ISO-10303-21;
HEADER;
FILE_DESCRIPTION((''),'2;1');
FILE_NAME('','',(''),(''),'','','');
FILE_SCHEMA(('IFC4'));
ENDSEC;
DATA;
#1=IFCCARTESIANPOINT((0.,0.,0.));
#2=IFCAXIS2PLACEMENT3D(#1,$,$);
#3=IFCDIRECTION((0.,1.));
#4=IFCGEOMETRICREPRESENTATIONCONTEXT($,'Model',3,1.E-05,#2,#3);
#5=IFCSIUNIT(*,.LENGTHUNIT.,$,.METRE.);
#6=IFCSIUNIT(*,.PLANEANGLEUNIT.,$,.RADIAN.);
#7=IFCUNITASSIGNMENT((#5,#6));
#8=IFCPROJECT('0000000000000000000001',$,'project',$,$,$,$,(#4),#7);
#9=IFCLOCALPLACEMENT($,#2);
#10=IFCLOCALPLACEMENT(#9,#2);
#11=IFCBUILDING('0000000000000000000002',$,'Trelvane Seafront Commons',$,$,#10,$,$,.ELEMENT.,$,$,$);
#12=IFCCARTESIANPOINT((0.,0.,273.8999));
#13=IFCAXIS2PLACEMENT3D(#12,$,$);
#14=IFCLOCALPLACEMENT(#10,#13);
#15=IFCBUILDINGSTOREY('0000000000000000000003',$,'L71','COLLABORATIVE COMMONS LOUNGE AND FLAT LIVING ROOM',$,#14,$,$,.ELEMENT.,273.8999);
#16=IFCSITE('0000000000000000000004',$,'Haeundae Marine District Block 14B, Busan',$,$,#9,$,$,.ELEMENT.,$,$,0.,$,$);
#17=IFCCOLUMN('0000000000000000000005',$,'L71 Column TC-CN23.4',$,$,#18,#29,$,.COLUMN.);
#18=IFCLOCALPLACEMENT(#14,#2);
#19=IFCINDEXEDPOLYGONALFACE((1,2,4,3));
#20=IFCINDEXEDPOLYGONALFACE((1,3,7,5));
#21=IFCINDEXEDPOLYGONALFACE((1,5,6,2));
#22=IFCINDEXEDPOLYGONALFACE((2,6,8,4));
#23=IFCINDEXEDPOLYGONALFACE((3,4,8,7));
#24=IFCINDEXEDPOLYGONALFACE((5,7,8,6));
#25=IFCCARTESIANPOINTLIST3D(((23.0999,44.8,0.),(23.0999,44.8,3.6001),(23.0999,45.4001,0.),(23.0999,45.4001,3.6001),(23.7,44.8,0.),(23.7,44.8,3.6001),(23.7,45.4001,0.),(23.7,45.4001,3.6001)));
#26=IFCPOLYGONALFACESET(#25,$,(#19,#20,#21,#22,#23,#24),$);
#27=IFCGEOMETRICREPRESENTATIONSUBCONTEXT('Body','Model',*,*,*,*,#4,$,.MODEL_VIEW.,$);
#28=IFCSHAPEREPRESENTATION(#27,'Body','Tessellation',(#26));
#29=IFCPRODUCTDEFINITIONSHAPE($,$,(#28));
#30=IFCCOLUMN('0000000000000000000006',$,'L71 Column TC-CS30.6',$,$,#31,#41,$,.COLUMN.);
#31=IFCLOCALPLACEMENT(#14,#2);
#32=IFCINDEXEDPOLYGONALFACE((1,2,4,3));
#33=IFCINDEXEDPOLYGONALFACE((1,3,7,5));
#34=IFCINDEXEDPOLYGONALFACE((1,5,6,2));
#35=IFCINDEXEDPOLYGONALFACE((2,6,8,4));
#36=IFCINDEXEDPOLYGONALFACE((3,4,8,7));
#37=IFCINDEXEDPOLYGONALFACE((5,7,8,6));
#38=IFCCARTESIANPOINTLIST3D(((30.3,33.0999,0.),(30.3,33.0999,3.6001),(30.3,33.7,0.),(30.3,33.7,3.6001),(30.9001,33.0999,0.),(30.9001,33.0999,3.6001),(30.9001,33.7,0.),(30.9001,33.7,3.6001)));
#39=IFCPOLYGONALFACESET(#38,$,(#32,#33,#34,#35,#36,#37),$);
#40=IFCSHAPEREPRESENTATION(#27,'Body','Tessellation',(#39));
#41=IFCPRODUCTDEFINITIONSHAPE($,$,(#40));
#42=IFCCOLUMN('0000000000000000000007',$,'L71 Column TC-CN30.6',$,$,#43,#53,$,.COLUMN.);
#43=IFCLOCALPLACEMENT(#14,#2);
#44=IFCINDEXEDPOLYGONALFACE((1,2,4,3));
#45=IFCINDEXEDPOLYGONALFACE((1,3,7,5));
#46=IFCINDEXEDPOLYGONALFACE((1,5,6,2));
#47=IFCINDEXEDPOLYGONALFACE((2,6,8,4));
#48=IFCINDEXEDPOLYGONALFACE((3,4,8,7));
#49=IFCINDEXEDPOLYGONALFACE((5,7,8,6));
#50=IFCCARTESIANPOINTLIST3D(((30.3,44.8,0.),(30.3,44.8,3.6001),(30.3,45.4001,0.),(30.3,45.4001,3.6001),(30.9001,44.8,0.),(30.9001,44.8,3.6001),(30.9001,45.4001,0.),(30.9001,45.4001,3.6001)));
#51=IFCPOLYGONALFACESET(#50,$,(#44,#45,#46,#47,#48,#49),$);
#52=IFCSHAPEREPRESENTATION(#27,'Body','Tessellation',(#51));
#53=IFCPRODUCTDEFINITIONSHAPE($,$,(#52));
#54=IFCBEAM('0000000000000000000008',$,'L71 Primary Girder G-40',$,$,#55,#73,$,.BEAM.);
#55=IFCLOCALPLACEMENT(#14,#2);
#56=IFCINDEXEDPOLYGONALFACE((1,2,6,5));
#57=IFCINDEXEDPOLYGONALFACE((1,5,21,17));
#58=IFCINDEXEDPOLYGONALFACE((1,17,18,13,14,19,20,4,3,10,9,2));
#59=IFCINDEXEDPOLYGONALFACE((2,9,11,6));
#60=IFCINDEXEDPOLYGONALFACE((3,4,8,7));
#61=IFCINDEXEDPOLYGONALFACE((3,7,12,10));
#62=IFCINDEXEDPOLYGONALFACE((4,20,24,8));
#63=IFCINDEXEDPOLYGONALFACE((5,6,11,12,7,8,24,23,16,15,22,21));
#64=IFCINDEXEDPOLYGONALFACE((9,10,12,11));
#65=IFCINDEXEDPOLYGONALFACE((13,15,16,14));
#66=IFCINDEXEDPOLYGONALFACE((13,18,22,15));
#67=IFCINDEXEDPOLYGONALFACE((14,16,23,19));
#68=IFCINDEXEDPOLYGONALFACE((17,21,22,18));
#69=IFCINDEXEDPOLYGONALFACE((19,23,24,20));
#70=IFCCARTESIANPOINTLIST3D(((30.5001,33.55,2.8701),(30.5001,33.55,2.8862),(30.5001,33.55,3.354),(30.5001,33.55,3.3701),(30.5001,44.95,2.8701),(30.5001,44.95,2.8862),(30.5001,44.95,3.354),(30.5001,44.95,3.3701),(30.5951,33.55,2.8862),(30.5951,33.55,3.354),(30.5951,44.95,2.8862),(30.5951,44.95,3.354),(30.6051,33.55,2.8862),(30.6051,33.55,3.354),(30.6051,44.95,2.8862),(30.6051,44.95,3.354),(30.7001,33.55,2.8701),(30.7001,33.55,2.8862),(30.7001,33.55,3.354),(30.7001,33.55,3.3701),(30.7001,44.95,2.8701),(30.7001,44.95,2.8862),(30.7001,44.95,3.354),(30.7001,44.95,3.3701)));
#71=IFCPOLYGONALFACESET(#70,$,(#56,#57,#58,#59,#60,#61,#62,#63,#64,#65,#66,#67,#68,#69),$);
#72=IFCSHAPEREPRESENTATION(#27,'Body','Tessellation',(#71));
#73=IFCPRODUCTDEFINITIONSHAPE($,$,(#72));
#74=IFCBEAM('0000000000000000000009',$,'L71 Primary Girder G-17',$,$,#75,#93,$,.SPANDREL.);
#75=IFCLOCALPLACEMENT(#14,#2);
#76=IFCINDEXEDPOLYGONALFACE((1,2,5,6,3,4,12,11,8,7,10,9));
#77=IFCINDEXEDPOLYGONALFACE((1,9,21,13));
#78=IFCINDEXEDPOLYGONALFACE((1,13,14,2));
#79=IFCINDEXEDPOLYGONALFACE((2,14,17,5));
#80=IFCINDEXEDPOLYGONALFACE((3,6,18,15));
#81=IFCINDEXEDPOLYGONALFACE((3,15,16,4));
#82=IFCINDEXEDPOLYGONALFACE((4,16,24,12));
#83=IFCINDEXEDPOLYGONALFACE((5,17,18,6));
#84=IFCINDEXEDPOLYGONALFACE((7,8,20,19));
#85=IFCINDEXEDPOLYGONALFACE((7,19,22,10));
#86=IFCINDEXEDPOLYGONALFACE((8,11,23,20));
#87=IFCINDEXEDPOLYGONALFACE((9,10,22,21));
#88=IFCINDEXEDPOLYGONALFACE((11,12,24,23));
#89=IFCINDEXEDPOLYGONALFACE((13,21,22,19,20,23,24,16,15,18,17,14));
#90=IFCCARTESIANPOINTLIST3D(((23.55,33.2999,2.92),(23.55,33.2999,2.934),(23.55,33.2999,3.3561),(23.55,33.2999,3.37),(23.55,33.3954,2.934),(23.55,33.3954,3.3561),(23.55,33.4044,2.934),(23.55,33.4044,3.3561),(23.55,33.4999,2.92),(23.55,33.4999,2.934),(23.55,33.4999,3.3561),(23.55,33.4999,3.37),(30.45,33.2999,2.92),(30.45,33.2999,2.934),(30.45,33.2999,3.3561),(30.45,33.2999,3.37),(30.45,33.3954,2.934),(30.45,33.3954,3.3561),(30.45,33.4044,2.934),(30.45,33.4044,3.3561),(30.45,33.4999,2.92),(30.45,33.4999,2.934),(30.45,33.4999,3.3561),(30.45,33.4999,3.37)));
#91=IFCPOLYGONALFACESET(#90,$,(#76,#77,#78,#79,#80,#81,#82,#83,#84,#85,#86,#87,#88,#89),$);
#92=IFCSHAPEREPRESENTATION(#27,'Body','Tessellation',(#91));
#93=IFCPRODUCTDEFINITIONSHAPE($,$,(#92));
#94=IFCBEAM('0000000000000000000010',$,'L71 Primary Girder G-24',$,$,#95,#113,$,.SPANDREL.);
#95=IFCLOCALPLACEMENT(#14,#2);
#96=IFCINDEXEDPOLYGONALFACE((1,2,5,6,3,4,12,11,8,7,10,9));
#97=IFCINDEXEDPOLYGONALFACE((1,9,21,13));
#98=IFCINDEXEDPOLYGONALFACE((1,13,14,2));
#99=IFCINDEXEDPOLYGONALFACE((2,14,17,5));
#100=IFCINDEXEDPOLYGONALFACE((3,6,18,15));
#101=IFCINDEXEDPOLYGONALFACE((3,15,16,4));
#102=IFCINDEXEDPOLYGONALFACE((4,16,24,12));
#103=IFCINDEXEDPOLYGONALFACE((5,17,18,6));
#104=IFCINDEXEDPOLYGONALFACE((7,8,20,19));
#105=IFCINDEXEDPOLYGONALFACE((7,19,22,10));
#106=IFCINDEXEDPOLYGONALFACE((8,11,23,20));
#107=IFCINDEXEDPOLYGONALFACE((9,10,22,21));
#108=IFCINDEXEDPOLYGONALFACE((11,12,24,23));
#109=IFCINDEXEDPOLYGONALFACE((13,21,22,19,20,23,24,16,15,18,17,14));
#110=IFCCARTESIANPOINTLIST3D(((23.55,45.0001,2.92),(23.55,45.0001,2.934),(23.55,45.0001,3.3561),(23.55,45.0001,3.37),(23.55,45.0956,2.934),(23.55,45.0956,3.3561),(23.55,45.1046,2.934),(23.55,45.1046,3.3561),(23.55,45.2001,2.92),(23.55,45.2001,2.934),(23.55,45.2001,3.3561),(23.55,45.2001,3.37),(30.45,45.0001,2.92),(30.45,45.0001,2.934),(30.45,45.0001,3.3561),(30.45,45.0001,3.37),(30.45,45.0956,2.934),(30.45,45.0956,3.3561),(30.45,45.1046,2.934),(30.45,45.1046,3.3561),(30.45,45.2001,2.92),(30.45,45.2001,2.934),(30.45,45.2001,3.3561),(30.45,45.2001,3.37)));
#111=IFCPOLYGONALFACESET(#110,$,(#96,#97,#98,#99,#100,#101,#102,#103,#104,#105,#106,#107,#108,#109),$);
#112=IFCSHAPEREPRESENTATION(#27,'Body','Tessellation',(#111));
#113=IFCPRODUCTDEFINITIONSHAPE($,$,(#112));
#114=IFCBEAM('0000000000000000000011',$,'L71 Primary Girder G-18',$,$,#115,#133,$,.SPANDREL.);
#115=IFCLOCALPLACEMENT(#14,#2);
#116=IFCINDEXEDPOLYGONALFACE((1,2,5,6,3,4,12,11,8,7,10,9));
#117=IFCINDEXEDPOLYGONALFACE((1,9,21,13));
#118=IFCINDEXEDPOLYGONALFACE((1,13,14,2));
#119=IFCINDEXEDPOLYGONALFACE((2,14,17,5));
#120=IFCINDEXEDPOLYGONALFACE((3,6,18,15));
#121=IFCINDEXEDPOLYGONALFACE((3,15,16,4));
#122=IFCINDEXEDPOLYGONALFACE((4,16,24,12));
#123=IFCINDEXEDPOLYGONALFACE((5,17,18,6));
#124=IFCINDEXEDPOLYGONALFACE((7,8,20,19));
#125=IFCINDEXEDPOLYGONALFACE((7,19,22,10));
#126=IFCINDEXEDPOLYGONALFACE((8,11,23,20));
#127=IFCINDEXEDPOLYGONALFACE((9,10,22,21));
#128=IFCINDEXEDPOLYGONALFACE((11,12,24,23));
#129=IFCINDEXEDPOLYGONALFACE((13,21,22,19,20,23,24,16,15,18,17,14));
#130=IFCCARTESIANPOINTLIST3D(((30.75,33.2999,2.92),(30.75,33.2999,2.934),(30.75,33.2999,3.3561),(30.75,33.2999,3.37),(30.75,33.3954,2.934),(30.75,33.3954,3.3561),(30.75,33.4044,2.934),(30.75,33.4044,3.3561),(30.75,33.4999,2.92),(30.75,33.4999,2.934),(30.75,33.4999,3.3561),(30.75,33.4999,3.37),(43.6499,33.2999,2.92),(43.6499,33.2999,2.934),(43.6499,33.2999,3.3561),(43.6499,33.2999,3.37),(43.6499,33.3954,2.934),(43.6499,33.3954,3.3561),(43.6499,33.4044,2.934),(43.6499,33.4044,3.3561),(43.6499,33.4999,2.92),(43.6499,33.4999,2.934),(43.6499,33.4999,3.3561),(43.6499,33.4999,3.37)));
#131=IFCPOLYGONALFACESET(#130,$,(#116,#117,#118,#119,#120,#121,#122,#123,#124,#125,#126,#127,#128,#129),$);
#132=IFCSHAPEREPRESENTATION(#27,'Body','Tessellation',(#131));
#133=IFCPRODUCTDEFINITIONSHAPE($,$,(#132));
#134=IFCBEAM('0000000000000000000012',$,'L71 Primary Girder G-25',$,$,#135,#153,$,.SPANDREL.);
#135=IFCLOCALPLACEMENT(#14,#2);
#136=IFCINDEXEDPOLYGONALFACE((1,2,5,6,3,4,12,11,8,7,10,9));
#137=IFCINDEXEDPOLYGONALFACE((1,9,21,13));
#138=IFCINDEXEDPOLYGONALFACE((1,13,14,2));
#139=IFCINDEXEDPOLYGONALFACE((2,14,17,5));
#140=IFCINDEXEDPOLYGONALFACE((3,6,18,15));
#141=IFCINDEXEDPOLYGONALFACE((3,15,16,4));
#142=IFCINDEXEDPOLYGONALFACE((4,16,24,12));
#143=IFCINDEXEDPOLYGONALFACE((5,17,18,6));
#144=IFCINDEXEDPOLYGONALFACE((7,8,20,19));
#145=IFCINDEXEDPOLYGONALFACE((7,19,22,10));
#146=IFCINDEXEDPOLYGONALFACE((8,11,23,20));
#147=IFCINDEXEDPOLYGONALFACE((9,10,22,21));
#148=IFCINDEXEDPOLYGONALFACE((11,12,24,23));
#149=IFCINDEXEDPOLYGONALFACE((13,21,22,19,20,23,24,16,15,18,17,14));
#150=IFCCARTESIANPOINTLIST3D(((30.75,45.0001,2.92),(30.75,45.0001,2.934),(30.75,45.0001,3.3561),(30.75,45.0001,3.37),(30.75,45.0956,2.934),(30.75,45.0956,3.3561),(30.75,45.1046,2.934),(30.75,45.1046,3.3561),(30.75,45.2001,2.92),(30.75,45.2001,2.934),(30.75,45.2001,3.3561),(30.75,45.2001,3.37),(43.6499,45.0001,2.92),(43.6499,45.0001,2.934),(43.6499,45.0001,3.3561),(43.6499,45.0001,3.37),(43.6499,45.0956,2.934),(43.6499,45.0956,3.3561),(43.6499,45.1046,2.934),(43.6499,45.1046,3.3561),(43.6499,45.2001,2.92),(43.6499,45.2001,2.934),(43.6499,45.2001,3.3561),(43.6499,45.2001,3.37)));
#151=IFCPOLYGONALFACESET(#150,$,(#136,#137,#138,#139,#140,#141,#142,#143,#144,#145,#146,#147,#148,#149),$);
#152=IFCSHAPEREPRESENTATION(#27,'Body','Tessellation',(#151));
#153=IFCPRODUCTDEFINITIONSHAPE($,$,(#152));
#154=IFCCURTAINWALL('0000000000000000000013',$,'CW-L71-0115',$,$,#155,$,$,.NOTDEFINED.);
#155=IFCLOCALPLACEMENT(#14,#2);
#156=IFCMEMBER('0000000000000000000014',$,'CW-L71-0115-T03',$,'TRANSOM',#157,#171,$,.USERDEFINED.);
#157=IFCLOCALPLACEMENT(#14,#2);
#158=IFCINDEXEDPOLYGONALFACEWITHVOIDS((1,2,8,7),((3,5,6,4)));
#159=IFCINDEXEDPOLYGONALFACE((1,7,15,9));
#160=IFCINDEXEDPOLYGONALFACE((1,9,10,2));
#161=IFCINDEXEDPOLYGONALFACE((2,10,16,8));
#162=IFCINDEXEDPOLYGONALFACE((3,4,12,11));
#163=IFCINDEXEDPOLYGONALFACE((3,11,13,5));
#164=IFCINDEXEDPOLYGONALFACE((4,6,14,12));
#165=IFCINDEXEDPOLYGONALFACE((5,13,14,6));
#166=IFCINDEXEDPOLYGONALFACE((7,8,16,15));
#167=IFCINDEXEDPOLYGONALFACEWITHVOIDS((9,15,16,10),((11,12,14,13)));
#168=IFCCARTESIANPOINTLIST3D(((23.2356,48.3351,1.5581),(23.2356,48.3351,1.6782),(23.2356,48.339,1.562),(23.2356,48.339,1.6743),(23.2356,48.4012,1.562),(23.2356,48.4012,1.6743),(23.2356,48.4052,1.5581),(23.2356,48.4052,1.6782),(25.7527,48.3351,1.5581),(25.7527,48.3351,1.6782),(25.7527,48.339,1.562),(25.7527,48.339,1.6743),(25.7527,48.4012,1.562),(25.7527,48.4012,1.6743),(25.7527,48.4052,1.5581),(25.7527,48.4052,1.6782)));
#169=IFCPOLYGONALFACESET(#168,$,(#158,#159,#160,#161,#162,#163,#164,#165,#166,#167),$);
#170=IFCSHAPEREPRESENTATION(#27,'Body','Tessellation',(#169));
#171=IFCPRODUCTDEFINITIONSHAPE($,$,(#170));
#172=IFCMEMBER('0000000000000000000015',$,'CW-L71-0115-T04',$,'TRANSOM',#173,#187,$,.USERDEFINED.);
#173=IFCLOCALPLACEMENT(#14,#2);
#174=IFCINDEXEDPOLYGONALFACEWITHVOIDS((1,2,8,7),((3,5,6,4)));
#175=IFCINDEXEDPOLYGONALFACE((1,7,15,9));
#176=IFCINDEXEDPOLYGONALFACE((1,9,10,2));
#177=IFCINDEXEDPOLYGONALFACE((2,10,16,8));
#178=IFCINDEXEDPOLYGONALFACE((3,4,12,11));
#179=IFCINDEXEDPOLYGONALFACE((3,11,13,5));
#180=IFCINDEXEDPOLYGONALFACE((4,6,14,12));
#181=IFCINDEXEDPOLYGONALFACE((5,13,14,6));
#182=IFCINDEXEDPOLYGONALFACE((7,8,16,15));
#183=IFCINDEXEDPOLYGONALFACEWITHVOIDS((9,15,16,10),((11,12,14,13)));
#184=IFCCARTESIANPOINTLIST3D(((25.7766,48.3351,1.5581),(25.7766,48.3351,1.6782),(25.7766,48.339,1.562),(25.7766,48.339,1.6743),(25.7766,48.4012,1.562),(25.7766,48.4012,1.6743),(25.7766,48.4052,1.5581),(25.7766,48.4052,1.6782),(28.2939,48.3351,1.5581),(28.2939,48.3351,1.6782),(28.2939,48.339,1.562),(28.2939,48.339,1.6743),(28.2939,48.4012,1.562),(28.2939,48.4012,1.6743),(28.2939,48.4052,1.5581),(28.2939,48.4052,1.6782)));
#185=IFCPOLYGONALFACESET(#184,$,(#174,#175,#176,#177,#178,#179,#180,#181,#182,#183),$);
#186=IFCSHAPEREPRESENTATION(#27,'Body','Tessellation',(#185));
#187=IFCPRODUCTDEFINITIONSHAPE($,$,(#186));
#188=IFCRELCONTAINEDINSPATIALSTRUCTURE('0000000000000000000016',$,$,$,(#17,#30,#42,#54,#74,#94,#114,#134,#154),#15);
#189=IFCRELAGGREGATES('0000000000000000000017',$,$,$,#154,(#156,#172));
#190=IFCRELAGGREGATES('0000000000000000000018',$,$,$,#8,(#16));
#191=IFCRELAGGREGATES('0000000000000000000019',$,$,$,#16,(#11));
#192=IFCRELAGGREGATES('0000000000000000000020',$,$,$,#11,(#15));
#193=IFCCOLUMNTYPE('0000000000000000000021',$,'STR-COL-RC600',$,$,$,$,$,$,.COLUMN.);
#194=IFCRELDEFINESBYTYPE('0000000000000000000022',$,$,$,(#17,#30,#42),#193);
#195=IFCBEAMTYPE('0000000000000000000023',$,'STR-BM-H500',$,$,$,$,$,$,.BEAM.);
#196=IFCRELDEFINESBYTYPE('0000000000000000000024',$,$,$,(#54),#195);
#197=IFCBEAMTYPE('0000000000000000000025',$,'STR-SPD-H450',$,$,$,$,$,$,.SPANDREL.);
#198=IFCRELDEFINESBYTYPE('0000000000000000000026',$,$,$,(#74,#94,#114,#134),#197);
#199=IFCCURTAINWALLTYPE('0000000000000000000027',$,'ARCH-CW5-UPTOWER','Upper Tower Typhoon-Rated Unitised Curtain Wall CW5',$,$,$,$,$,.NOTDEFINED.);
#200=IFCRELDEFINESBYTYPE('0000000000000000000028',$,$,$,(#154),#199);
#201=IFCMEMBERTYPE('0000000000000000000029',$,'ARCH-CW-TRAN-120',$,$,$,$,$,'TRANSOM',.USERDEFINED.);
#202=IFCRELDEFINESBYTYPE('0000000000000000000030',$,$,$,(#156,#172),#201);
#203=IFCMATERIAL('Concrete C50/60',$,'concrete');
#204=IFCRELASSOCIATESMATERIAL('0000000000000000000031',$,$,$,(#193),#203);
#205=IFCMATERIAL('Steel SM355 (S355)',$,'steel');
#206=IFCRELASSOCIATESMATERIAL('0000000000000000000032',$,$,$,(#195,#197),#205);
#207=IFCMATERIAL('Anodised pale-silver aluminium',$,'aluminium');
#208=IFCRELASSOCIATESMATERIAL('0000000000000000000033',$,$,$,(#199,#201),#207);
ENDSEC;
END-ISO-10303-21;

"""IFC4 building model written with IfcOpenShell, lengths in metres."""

from ifc_helpers import new_model, si_unit, direction, frame, origin, origin_2d, place, context, subcontext, project, spatial, rectangle, hollow_rectangle, i_section, extrude, source, transform, mapped, material, material_profile, profile_set, type_object, element, aggregate, save


model = new_model("IFC4")

# Units and contexts
model_context = context("Model", 3, precision=1e-05, world=origin(), true_north=direction((0.0, 1.0)))
body_context = subcontext(model_context, "Body", "Model", "MODEL_VIEW")
ifc_project = project(units=[si_unit("LENGTHUNIT", "METRE"), si_unit("PLANEANGLEUNIT", "RADIAN")], contexts=[model_context])

# Site, building, storey
site_placement = place(None, origin())
site = spatial("IfcSite", under=ifc_project, at=site_placement, Name="Haeundae Marine District Block 14B, Busan", CompositionType="ELEMENT", RefElevation=0.0)
building_placement = place(site_placement, origin())
building = spatial("IfcBuilding", under=site, at=building_placement, Name="Trelvane Seafront Commons", CompositionType="ELEMENT")
storey_placement = place(building_placement, frame((0.0, 0.0, 273.8999)))
storey = spatial("IfcBuildingStorey", under=building, at=storey_placement, Name="L71", Description="COLLABORATIVE COMMONS LOUNGE AND FLAT LIVING ROOM", CompositionType="ELEMENT", Elevation=273.8999)

# Columns
ifc_material_1 = material(Name="Concrete C50/60", Category="concrete")
ifc_material_profile_1 = material_profile(ifc_material_1, rectangle(XDim=0.6001, YDim=0.6001, at=origin_2d()), Name="RC-600x600")
ifc_profile_set_1 = profile_set([ifc_material_profile_1], Name="Concrete C50/60")
column_type = type_object("IfcColumnType", Name="STR-COL-RC600", PredefinedType="COLUMN", material=ifc_profile_set_1)
shared_shape_1 = source(origin(), body_context, "Body", "SweptSolid", [
    extrude(rectangle(XDim=0.6001, YDim=0.6001, at=origin_2d()), origin(), (0.0, 0.0, 1.0), 3.6001),
])
for number, where, z_axis, x_axis, name in (
    (1, (23.3999, 45.1001, 0.0), (0.0, 0.0, 1.0), (1.0, 0.0, 0.0), "L71 Column TC-CN23.4"),
    (2, (30.6001, 33.3999, 0.0), (0.0, 0.0, 1.0), (1.0, 0.0, 0.0), "L71 Column TC-CS30.6"),
    (3, (30.6001, 45.1001, 0.0), (0.0, 0.0, 1.0), (1.0, 0.0, 0.0), "L71 Column TC-CN30.6"),
):
    element("IfcColumn", number, at=place(storey_placement, frame(where, z_axis=z_axis, x_axis=x_axis)), inside=storey, type_object=column_type, Name=name, PredefinedType="COLUMN", context=body_context, shape_type="MappedRepresentation", body=[
        mapped(shared_shape_1, transform((0.0, 0.0, 0.0), x_axis=(1.0, 0.0, 0.0), y_axis=(0.0, 1.0, 0.0), z_axis=(0.0, 0.0, 1.0), scale=1.0)),
    ])

# Beams
ifc_material_2 = material(Name="Steel SM355 (S355)", Category="steel")
ifc_material_profile_2 = material_profile(ifc_material_2, i_section(OverallWidth=0.2, OverallDepth=0.5, WebThickness=0.01, FlangeThickness=0.0161, at=origin_2d()), Name="H-500x200x10x16")
ifc_profile_set_2 = profile_set([ifc_material_profile_2], Name="Steel SM355 (S355)")
beam_type_1 = type_object("IfcBeamType", Name="STR-BM-H500", PredefinedType="BEAM", material=ifc_profile_set_2)
shared_shape_2 = source(origin(), body_context, "Body", "SweptSolid", [
    extrude(i_section(OverallWidth=0.2, OverallDepth=0.5, WebThickness=0.01, FlangeThickness=0.0161, at=origin_2d()), origin(), (0.0, 0.0, 1.0), 11.3999),
])
beam_placement = place(storey_placement, frame((30.6001, 33.55, 3.1201), z_axis=(0.0, 1.0, 0.0), x_axis=(-1.0, 0.0, 0.0)))
element("IfcBeam", 4, at=beam_placement, inside=storey, type_object=beam_type_1, Name="L71 Primary Girder G-40", PredefinedType="BEAM", context=body_context, shape_type="MappedRepresentation", body=[
    mapped(shared_shape_2, transform((0.0, 0.0, 0.0), x_axis=(1.0, 0.0, 0.0), y_axis=(0.0, 1.0, 0.0), z_axis=(0.0, 0.0, 1.0), scale=1.0)),
])
ifc_material_profile_3 = material_profile(ifc_material_2, i_section(OverallWidth=0.2, OverallDepth=0.45, WebThickness=0.009, FlangeThickness=0.0139, at=origin_2d()), Name="H-450x200x9x14")
ifc_profile_set_3 = profile_set([ifc_material_profile_3], Name="Steel SM355 (S355)")
beam_type_2 = type_object("IfcBeamType", Name="STR-SPD-H450", PredefinedType="SPANDREL", material=ifc_profile_set_3)
shared_shape_3 = source(origin(), body_context, "Body", "SweptSolid", [
    extrude(i_section(OverallWidth=0.2, OverallDepth=0.45, WebThickness=0.009, FlangeThickness=0.0139, at=origin_2d()), origin(), (0.0, 0.0, 1.0), 6.8999),
])
for number, where, z_axis, x_axis, name in (
    (5, (23.55, 33.3999, 3.145), (1.0, 0.0, 0.0), (0.0, 1.0, 0.0), "L71 Primary Girder G-17"),
    (6, (23.55, 45.1001, 3.145), (1.0, 0.0, 0.0), (0.0, 1.0, 0.0), "L71 Primary Girder G-24"),
):
    element("IfcBeam", number, at=place(storey_placement, frame(where, z_axis=z_axis, x_axis=x_axis)), inside=storey, type_object=beam_type_2, Name=name, PredefinedType="SPANDREL", context=body_context, shape_type="MappedRepresentation", body=[
        mapped(shared_shape_3, transform((0.0, 0.0, 0.0), x_axis=(1.0, 0.0, 0.0), y_axis=(0.0, 1.0, 0.0), z_axis=(0.0, 0.0, 1.0), scale=1.0)),
    ])
shared_shape_4 = source(origin(), body_context, "Body", "SweptSolid", [
    extrude(i_section(OverallWidth=0.2, OverallDepth=0.45, WebThickness=0.009, FlangeThickness=0.0139, at=origin_2d()), origin(), (0.0, 0.0, 1.0), 12.8999),
])
for number, where, z_axis, x_axis, name in (
    (7, (30.75, 33.3999, 3.145), (1.0, 0.0, 0.0), (0.0, 1.0, 0.0), "L71 Primary Girder G-18"),
    (8, (30.75, 45.1001, 3.145), (1.0, 0.0, 0.0), (0.0, 1.0, 0.0), "L71 Primary Girder G-25"),
):
    element("IfcBeam", number, at=place(storey_placement, frame(where, z_axis=z_axis, x_axis=x_axis)), inside=storey, type_object=beam_type_2, Name=name, PredefinedType="SPANDREL", context=body_context, shape_type="MappedRepresentation", body=[
        mapped(shared_shape_4, transform((0.0, 0.0, 0.0), x_axis=(1.0, 0.0, 0.0), y_axis=(0.0, 1.0, 0.0), z_axis=(0.0, 0.0, 1.0), scale=1.0)),
    ])

# Curtain wall, members
ifc_material_3 = material(Name="Anodised pale-silver aluminium", Category="aluminium")
curtain_wall_type = type_object("IfcCurtainWallType", Name="ARCH-CW5-UPTOWER", Description="Upper Tower Typhoon-Rated Unitised Curtain Wall CW5", PredefinedType="NOTDEFINED", material=ifc_material_3)
curtain_wall_placement = place(storey_placement, origin())
curtain_wall = element("IfcCurtainWall", 9, at=curtain_wall_placement, inside=storey, type_object=curtain_wall_type, Name="CW-L71-0115", PredefinedType="NOTDEFINED")
ifc_material_profile_4 = material_profile(ifc_material_3, hollow_rectangle(XDim=0.0701, YDim=0.1201, WallThickness=0.0039, at=origin_2d()), Name="TRAN-70x120x4")
ifc_profile_set_4 = profile_set([ifc_material_profile_4], Name="Anodised pale-silver aluminium")
member_type_1 = type_object("IfcMemberType", Name="ARCH-CW-TRAN-120", ElementType="TRANSOM", PredefinedType="USERDEFINED", material=ifc_profile_set_4)
shared_shape_5 = source(origin(), body_context, "Body", "SweptSolid", [
    extrude(hollow_rectangle(XDim=0.0701, YDim=0.1201, WallThickness=0.0039, at=origin_2d()), origin(), (0.0, 0.0, 1.0), 2.5171),
])
member_1_placement = place(storey_placement, frame((23.2356, 48.3701, 1.6182), z_axis=(1.0, 0.0, 0.0), x_axis=(0.0, 1.0, 0.0)))
member_1 = element("IfcMember", 10, at=member_1_placement, type_object=member_type_1, Name="CW-L71-0115-T03", ObjectType="TRANSOM", PredefinedType="USERDEFINED", context=body_context, shape_type="MappedRepresentation", body=[
    mapped(shared_shape_5, transform((0.0, 0.0, 0.0), x_axis=(1.0, 0.0, 0.0), y_axis=(0.0, 1.0, 0.0), z_axis=(0.0, 0.0, 1.0), scale=1.0)),
])
shared_shape_6 = source(origin(), body_context, "Body", "SweptSolid", [
    extrude(hollow_rectangle(XDim=0.0701, YDim=0.1201, WallThickness=0.0039, at=origin_2d()), origin(), (0.0, 0.0, 1.0), 2.5173),
])
member_2_placement = place(storey_placement, frame((25.7766, 48.3701, 1.6182), z_axis=(1.0, 0.0, 0.0), x_axis=(0.0, 1.0, 0.0)))
member_2 = element("IfcMember", 11, at=member_2_placement, type_object=member_type_1, Name="CW-L71-0115-T04", ObjectType="TRANSOM", PredefinedType="USERDEFINED", context=body_context, shape_type="MappedRepresentation", body=[
    mapped(shared_shape_6, transform((0.0, 0.0, 0.0), x_axis=(1.0, 0.0, 0.0), y_axis=(0.0, 1.0, 0.0), z_axis=(0.0, 0.0, 1.0), scale=1.0)),
])
aggregate(curtain_wall, [member_1, member_2])

save(model, "model.ifc")
